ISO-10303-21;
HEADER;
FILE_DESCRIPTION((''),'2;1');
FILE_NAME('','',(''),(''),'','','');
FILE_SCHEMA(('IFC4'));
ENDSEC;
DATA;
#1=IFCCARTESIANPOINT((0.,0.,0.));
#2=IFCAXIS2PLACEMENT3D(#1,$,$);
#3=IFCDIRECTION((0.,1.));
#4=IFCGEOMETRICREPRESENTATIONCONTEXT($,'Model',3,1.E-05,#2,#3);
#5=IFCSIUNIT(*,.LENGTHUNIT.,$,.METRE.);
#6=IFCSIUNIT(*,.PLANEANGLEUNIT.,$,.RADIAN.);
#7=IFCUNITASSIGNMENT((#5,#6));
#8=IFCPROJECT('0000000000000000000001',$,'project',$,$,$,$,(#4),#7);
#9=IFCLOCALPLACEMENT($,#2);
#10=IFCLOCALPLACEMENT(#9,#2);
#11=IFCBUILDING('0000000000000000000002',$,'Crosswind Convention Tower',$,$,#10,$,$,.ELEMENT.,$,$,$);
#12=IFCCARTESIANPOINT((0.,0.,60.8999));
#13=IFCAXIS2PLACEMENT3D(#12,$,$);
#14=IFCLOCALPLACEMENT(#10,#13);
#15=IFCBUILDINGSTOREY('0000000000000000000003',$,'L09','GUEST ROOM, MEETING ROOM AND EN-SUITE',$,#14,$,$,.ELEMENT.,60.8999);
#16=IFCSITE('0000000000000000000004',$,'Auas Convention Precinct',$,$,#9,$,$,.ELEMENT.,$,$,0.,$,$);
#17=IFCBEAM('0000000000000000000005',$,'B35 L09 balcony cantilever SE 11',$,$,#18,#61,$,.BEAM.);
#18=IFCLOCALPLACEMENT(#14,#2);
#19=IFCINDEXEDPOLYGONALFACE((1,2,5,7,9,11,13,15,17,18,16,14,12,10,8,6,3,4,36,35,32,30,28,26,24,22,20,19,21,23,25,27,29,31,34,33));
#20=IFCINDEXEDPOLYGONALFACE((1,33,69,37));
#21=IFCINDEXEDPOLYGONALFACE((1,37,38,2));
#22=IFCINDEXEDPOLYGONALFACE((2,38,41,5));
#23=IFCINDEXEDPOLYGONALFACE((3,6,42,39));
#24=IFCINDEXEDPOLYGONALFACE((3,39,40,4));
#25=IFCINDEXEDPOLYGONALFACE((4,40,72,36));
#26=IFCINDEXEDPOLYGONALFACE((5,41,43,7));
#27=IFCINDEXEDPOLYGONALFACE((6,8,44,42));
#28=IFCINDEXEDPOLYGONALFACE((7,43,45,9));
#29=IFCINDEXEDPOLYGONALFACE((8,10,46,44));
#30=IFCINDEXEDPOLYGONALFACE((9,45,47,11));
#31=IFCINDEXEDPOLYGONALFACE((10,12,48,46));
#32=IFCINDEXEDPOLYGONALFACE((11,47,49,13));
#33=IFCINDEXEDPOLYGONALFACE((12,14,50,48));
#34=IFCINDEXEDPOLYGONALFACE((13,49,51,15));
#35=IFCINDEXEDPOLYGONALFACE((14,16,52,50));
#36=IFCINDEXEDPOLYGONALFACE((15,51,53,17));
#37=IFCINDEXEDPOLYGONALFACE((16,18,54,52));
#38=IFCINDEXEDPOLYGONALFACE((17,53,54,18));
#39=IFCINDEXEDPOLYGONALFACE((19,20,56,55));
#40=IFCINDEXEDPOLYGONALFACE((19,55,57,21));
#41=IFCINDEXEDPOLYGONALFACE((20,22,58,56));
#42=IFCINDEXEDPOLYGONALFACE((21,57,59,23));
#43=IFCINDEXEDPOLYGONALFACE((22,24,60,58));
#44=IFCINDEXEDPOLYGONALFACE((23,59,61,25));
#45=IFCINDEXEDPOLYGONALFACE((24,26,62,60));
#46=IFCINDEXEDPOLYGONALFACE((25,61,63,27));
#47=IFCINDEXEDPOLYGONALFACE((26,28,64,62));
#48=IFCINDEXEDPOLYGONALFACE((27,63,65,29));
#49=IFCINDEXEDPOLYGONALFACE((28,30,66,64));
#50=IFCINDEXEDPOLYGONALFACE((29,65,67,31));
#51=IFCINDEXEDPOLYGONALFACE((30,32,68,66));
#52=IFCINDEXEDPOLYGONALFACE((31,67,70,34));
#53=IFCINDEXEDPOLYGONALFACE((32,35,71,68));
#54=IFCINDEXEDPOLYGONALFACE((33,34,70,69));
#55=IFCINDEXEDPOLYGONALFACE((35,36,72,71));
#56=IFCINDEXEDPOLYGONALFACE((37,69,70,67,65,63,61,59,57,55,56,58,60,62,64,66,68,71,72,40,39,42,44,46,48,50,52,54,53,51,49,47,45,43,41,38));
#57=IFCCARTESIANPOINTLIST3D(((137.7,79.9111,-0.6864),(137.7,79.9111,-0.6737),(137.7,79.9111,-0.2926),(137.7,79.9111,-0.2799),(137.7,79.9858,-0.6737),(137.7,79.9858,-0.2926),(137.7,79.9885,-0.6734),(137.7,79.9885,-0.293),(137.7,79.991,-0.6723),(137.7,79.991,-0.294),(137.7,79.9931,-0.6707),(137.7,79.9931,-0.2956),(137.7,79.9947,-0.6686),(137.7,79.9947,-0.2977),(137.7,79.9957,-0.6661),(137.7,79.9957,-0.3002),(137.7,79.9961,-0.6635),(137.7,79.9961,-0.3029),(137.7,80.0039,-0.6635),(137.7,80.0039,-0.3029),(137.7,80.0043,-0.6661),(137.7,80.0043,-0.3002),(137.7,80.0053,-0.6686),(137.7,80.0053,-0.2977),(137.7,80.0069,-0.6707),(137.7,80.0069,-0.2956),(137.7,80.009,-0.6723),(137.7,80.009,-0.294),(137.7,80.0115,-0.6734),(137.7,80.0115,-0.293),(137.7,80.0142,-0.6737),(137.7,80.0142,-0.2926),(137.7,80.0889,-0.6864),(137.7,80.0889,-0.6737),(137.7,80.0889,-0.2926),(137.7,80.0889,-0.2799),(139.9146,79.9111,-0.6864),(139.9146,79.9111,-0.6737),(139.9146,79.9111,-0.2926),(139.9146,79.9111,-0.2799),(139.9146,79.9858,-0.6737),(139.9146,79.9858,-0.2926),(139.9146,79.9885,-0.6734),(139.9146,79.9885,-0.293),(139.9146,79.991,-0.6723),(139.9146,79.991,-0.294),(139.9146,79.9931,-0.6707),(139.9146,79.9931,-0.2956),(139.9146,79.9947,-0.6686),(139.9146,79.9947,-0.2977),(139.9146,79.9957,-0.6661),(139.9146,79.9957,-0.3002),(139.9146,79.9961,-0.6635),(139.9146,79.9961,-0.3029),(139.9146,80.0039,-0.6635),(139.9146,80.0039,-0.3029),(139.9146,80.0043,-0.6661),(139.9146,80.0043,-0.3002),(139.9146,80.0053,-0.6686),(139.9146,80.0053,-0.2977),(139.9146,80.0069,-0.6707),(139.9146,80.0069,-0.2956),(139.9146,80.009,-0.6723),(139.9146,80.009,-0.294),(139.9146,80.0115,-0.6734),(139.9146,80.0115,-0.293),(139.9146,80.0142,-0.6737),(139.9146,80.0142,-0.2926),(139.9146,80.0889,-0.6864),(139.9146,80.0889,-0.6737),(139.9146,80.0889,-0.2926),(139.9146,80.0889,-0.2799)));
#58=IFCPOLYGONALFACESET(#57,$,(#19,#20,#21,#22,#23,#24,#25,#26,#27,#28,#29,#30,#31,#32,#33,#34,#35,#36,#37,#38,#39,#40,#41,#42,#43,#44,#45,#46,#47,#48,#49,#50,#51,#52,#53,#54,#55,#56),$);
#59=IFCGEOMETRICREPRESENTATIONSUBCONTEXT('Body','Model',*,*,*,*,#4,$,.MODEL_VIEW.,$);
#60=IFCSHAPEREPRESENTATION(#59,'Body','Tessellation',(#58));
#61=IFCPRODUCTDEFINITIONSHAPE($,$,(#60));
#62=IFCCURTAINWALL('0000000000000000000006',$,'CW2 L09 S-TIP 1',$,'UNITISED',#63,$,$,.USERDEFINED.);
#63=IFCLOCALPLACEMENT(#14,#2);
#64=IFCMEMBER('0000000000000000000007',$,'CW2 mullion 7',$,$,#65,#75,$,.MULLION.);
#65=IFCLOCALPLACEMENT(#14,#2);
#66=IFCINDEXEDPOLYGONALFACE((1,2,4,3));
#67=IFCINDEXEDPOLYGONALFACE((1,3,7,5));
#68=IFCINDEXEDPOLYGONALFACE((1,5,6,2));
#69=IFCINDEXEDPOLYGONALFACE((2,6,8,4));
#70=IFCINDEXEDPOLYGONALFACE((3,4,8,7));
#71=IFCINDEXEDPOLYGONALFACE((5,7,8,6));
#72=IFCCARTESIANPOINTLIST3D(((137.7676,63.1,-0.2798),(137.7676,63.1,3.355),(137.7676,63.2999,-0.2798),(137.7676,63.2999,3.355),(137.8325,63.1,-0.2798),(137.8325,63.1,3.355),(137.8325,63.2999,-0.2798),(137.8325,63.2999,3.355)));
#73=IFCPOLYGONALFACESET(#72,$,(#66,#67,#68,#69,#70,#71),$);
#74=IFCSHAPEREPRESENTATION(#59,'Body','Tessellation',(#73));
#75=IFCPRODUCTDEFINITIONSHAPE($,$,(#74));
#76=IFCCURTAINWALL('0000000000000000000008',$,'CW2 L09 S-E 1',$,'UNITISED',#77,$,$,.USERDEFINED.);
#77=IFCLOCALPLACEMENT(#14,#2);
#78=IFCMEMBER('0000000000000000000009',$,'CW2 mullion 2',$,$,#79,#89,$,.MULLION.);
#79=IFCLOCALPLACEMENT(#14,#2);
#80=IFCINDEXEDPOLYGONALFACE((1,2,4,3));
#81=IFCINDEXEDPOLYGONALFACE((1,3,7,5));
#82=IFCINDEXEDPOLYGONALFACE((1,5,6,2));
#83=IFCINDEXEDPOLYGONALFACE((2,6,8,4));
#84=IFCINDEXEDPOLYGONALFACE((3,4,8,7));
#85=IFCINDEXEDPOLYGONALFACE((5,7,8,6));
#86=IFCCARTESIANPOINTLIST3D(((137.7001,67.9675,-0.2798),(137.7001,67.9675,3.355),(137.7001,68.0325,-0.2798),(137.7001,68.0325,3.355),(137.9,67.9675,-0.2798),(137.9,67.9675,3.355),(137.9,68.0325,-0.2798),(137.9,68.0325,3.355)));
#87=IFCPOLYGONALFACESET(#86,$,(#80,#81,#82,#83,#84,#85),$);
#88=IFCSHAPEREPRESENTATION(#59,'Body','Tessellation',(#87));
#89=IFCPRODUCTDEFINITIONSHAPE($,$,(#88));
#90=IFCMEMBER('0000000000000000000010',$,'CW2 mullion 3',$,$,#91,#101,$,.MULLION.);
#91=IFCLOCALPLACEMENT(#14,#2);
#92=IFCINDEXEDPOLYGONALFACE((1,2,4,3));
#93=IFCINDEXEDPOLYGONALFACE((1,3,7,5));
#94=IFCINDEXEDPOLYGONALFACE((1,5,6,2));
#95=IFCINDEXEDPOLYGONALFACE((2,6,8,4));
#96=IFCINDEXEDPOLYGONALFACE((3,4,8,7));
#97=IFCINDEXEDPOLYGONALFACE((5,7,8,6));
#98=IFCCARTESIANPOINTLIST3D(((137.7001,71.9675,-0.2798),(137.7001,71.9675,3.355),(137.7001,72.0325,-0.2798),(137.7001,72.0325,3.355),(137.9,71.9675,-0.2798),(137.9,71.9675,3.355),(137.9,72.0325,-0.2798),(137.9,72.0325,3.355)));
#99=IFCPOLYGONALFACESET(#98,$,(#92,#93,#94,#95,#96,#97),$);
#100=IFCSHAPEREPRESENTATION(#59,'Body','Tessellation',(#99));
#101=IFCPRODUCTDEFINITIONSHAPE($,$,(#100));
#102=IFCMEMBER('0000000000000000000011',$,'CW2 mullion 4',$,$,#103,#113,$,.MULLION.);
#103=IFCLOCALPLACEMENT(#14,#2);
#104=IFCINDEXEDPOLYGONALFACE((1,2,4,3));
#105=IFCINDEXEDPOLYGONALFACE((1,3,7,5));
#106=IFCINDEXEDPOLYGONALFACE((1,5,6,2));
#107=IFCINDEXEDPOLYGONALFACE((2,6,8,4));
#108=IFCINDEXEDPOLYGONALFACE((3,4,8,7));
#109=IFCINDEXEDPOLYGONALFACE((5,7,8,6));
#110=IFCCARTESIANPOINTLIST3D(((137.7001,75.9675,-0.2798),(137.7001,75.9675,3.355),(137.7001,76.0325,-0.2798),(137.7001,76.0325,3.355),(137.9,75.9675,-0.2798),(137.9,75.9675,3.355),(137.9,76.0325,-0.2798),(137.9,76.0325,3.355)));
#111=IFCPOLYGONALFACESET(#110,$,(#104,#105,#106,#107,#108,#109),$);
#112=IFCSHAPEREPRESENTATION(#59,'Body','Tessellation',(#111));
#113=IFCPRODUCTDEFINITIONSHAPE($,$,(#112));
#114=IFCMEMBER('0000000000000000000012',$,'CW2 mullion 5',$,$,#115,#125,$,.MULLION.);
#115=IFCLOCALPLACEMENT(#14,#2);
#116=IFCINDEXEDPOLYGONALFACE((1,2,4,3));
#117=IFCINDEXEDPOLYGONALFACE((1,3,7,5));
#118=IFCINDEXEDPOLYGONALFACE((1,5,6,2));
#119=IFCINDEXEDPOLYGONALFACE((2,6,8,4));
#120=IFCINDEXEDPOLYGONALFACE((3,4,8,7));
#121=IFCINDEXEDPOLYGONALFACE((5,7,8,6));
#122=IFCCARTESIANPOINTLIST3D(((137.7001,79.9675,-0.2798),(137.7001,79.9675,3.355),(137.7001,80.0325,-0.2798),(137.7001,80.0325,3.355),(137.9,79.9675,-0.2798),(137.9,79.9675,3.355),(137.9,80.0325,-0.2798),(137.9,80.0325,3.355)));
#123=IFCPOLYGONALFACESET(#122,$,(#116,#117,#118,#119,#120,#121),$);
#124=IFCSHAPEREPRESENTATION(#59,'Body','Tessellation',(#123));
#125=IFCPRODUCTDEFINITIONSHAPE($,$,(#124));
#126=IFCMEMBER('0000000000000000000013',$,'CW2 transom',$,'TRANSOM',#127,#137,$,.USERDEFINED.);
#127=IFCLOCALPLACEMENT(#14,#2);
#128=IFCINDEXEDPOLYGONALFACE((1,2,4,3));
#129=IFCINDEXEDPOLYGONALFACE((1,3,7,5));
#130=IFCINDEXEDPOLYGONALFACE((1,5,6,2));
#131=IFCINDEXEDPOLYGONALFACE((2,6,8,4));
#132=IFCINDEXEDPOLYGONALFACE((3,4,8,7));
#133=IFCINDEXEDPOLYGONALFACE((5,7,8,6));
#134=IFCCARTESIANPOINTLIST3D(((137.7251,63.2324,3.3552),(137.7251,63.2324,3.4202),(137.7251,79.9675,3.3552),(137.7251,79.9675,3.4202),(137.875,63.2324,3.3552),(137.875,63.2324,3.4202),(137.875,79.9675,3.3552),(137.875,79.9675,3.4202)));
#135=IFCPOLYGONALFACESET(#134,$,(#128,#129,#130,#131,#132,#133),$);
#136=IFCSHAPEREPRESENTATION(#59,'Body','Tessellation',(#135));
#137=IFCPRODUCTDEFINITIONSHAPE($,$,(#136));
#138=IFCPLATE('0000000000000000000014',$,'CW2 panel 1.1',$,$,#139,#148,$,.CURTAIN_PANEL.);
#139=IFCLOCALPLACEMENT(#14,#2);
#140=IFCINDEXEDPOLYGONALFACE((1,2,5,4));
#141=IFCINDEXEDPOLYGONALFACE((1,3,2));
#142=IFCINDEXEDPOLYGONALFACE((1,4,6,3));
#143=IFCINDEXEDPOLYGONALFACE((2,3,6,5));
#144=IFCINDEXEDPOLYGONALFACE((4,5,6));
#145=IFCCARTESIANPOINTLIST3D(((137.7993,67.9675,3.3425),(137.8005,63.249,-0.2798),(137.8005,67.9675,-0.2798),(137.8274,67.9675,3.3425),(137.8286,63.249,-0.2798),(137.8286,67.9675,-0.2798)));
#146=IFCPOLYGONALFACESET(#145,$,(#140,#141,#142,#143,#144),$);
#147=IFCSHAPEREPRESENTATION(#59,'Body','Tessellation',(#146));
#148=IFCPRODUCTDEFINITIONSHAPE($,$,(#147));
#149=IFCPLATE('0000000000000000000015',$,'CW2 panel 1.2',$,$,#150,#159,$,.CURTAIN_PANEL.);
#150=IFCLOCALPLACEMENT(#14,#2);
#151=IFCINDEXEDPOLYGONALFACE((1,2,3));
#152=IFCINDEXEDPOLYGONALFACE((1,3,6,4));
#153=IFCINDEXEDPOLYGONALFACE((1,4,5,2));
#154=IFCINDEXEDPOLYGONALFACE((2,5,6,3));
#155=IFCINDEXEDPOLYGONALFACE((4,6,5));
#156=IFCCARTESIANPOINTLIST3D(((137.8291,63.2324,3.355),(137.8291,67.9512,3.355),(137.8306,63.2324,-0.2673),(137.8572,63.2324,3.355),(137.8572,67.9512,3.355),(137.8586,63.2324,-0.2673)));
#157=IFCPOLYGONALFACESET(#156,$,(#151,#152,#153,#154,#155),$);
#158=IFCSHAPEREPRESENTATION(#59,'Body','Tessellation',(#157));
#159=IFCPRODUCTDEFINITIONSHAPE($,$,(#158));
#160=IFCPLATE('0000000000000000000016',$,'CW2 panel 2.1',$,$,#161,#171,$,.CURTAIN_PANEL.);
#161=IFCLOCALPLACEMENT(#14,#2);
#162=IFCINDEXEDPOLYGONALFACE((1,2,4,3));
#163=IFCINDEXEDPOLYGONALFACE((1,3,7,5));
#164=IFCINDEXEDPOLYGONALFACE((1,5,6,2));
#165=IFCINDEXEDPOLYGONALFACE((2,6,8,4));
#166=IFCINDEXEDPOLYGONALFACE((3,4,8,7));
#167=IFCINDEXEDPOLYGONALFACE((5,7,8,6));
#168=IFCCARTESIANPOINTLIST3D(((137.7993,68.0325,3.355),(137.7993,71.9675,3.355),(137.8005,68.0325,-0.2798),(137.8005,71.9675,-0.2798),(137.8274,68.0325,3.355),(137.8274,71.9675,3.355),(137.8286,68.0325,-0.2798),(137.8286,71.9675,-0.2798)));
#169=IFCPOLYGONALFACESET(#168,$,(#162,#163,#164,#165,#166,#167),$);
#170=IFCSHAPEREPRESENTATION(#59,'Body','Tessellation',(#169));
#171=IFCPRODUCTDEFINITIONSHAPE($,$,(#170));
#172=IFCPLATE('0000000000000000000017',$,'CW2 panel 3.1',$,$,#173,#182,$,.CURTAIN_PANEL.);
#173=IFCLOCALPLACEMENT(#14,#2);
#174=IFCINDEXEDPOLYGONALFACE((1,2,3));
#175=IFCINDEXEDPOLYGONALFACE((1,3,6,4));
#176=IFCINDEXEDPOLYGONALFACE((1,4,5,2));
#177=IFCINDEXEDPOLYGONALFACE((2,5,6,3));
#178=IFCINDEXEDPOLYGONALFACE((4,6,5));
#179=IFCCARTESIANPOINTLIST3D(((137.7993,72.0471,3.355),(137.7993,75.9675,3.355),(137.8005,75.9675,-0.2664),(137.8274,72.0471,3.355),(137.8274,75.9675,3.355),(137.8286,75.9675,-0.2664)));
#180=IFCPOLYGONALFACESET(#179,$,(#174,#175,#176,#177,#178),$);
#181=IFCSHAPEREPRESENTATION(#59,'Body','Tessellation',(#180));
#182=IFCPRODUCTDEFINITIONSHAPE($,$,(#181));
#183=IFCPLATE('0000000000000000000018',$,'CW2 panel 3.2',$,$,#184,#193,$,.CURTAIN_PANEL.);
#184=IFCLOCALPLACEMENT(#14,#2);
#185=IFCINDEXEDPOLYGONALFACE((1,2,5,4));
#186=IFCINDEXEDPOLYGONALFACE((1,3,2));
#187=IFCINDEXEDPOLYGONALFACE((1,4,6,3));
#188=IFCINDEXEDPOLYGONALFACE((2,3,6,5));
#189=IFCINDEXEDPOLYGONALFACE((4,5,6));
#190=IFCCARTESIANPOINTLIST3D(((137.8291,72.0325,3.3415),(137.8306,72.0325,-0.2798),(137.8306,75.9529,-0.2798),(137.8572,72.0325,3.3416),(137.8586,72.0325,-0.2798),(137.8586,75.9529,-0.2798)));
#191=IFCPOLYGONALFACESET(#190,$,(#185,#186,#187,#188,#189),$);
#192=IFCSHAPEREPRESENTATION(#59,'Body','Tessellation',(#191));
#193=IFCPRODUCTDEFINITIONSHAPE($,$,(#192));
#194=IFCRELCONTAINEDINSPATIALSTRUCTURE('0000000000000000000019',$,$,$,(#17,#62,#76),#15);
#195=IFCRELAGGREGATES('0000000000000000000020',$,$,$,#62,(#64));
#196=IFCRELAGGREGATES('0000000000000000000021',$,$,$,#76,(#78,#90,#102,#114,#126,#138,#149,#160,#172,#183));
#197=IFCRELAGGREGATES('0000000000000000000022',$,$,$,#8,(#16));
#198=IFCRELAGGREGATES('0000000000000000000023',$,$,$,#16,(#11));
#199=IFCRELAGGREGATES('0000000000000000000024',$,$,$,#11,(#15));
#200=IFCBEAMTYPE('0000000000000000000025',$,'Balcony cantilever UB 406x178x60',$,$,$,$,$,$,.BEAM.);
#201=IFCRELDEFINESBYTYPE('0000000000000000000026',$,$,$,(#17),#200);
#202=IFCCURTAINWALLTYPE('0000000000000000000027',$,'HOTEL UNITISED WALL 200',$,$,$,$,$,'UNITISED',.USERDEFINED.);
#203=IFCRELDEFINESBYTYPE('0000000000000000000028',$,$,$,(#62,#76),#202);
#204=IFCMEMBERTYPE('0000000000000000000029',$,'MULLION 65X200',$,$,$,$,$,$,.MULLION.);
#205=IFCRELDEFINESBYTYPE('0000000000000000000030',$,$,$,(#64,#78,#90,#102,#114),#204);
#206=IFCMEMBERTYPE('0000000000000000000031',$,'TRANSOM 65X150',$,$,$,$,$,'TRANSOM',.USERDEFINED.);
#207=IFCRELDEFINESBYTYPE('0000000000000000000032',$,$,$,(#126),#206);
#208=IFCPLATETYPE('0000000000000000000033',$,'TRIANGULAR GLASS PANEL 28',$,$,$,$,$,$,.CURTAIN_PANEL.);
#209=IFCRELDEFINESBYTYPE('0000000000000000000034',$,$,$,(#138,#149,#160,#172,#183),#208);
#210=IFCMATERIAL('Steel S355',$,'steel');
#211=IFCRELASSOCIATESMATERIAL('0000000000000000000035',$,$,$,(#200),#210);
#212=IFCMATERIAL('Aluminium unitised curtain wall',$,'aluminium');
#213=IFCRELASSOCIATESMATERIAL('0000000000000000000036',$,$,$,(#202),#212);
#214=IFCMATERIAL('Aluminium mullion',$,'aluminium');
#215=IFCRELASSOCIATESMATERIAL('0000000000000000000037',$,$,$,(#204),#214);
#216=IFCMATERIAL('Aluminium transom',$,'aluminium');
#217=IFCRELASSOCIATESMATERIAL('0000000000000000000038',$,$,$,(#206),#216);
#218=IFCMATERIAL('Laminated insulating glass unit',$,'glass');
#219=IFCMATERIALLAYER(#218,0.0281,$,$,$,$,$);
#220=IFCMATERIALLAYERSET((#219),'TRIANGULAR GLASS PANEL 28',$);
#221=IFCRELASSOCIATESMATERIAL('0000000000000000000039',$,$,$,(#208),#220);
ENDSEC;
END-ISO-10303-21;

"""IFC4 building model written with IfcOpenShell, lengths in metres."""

from ifc_helpers import new_model, si_unit, direction, frame, origin, origin_2d, place, context, subcontext, project, spatial, polyline, rectangle, i_section, outline, extrude, material, layer, layer_set, material_profile, profile_set, type_object, element, aggregate, save


model = new_model("IFC4")

# Units and contexts
model_context = context("Model", 3, precision=1e-05, world=origin(), true_north=direction((0.0, 1.0)))
body_context = subcontext(model_context, "Body", "Model", "MODEL_VIEW")
ifc_project = project(units=[si_unit("LENGTHUNIT", "METRE"), si_unit("PLANEANGLEUNIT", "RADIAN")], contexts=[model_context])

# Site, building, storey
site_placement = place(None, origin())
site = spatial("IfcSite", under=ifc_project, at=site_placement, Name="Auas Convention Precinct", CompositionType="ELEMENT", RefElevation=0.0)
building_placement = place(site_placement, origin())
building = spatial("IfcBuilding", under=site, at=building_placement, Name="Crosswind Convention Tower", CompositionType="ELEMENT")
storey_placement = place(building_placement, frame((0.0, 0.0, 60.8999)))
storey = spatial("IfcBuildingStorey", under=building, at=storey_placement, Name="L09", Description="GUEST ROOM, MEETING ROOM AND EN-SUITE", CompositionType="ELEMENT", Elevation=60.8999)

# Beam
ifc_material_1 = material(Name="Steel S355", Category="steel")
ifc_material_profile_1 = material_profile(ifc_material_1, i_section(OverallWidth=0.1777, OverallDepth=0.4065, WebThickness=0.0078, FlangeThickness=0.0127, FilletRadius=0.0103, at=origin_2d()), Name="UB 406x178x60")
ifc_profile_set_1 = profile_set([ifc_material_profile_1], Name="Steel S355")
beam_type = type_object("IfcBeamType", Name="Balcony cantilever UB 406x178x60", PredefinedType="BEAM", material=ifc_profile_set_1)
beam_placement = place(storey_placement, frame((137.7, 80.0, -0.4832), z_axis=(1.0, 0.0, 0.0), x_axis=(0.0, 1.0, 0.0)))
element("IfcBeam", 1, at=beam_placement, inside=storey, type_object=beam_type, Name="B35 L09 balcony cantilever SE 11", PredefinedType="BEAM", context=body_context, shape_type="SweptSolid", body=[
    extrude(i_section(OverallWidth=0.1777, OverallDepth=0.4065, WebThickness=0.0078, FlangeThickness=0.0127, FilletRadius=0.0103, at=origin_2d()), origin(), (0.0, 0.0, 1.0), 2.2146),
])

# Curtain wall, member
ifc_material_2 = material(Name="Aluminium unitised curtain wall", Category="aluminium")
curtain_wall_type = type_object("IfcCurtainWallType", Name="HOTEL UNITISED WALL 200", ElementType="UNITISED", PredefinedType="USERDEFINED", material=ifc_material_2)
curtain_wall_1_placement = place(storey_placement, origin())
curtain_wall_1 = element("IfcCurtainWall", 2, at=curtain_wall_1_placement, inside=storey, type_object=curtain_wall_type, Name="CW2 L09 S-TIP 1", ObjectType="UNITISED", PredefinedType="USERDEFINED")
ifc_material_3 = material(Name="Aluminium mullion", Category="aluminium")
ifc_material_profile_2 = material_profile(ifc_material_3, rectangle(XDim=0.2, YDim=0.0649, at=origin_2d()), Name="AL 200X65")
ifc_profile_set_2 = profile_set([ifc_material_profile_2], Name="Aluminium mullion")
member_type_1 = type_object("IfcMemberType", Name="MULLION 65X200", PredefinedType="MULLION", material=ifc_profile_set_2)
member_1_placement = place(storey_placement, frame((137.8, 63.2, -0.2798), z_axis=(0.0, 0.0, 1.0), x_axis=(0.0, -1.0, 0.0)))
member_1 = element("IfcMember", 3, at=member_1_placement, type_object=member_type_1, Name="CW2 mullion 7", PredefinedType="MULLION", context=body_context, shape_type="SweptSolid", body=[
    extrude(rectangle(XDim=0.2, YDim=0.0649, at=origin_2d()), origin(), (0.0, 0.0, 1.0), 3.6348),
])
aggregate(curtain_wall_1, [member_1])

# Curtain wall, members, plates
curtain_wall_2_placement = place(storey_placement, origin())
curtain_wall_2 = element("IfcCurtainWall", 4, at=curtain_wall_2_placement, inside=storey, type_object=curtain_wall_type, Name="CW2 L09 S-E 1", ObjectType="UNITISED", PredefinedType="USERDEFINED")
member_2_placement = place(storey_placement, frame((137.8, 68.0, -0.2798), z_axis=(0.0, 0.0, 1.0), x_axis=(1.0, 0.0, 0.0)))
member_2 = element("IfcMember", 5, at=member_2_placement, type_object=member_type_1, Name="CW2 mullion 2", PredefinedType="MULLION", context=body_context, shape_type="SweptSolid", body=[
    extrude(rectangle(XDim=0.2, YDim=0.0649, at=origin_2d()), origin(), (0.0, 0.0, 1.0), 3.6348),
])
member_3_placement = place(storey_placement, frame((137.8, 72.0, -0.2798), z_axis=(0.0, 0.0, 1.0), x_axis=(1.0, 0.0, 0.0)))
member_3 = element("IfcMember", 6, at=member_3_placement, type_object=member_type_1, Name="CW2 mullion 3", PredefinedType="MULLION", context=body_context, shape_type="SweptSolid", body=[
    extrude(rectangle(XDim=0.2, YDim=0.0649, at=origin_2d()), origin(), (0.0, 0.0, 1.0), 3.6348),
])
member_4_placement = place(storey_placement, frame((137.8, 76.0, -0.2798), z_axis=(0.0, 0.0, 1.0), x_axis=(1.0, 0.0, 0.0)))
member_4 = element("IfcMember", 7, at=member_4_placement, type_object=member_type_1, Name="CW2 mullion 4", PredefinedType="MULLION", context=body_context, shape_type="SweptSolid", body=[
    extrude(rectangle(XDim=0.2, YDim=0.0649, at=origin_2d()), origin(), (0.0, 0.0, 1.0), 3.6348),
])
member_5_placement = place(storey_placement, frame((137.8, 80.0, -0.2798), z_axis=(0.0, 0.0, 1.0), x_axis=(1.0, 0.0, 0.0)))
member_5 = element("IfcMember", 8, at=member_5_placement, type_object=member_type_1, Name="CW2 mullion 5", PredefinedType="MULLION", context=body_context, shape_type="SweptSolid", body=[
    extrude(rectangle(XDim=0.2, YDim=0.0649, at=origin_2d()), origin(), (0.0, 0.0, 1.0), 3.6348),
])
ifc_material_4 = material(Name="Aluminium transom", Category="aluminium")
ifc_material_profile_3 = material_profile(ifc_material_4, rectangle(XDim=0.1499, YDim=0.0649, at=origin_2d()), Name="AL 150X65")
ifc_profile_set_3 = profile_set([ifc_material_profile_3], Name="Aluminium transom")
member_type_2 = type_object("IfcMemberType", Name="TRANSOM 65X150", ElementType="TRANSOM", PredefinedType="USERDEFINED", material=ifc_profile_set_3)
member_6_placement = place(storey_placement, frame((137.8, 63.2324, 3.3877), z_axis=(0.0, 1.0, 0.0), x_axis=(-1.0, 0.0, 0.0)))
member_6 = element("IfcMember", 9, at=member_6_placement, type_object=member_type_2, Name="CW2 transom", ObjectType="TRANSOM", PredefinedType="USERDEFINED", context=body_context, shape_type="SweptSolid", body=[
    extrude(rectangle(XDim=0.1499, YDim=0.0649, at=origin_2d()), origin(), (0.0, 0.0, 1.0), 16.7351),
])
ifc_material_5 = material(Name="Laminated insulating glass unit", Category="glass")
ifc_layer_1 = layer(ifc_material_5, 0.0281)
ifc_layer_set_1 = layer_set([ifc_layer_1], Name="TRIANGULAR GLASS PANEL 28")
plate_type = type_object("IfcPlateType", Name="TRIANGULAR GLASS PANEL 28", PredefinedType="CURTAIN_PANEL", material=ifc_layer_set_1)
plate_1_placement = place(storey_placement, frame((137.8286, 67.9675, -0.2798), z_axis=(1.0, 0.0, 0.000337), x_axis=(-0.000337, 0.0, 1.0)))
plate_1 = element("IfcPlate", 10, at=plate_1_placement, type_object=plate_type, Name="CW2 panel 1.1", PredefinedType="CURTAIN_PANEL", context=body_context, shape_type="SweptSolid", body=[
    extrude(outline(polyline([(0.0, 0.0), (3.6223, 0.0), (0.0, 4.7185), (0.0, 0.0)])), origin(), (0.0, 0.0, -1.0), 0.0281),
])
plate_2_placement = place(storey_placement, frame((137.8572, 63.2324, 3.355), z_axis=(1.0, 0.0, 0.000404), x_axis=(0.000404, 0.0, -1.0)))
plate_2 = element("IfcPlate", 11, at=plate_2_placement, type_object=plate_type, Name="CW2 panel 1.2", PredefinedType="CURTAIN_PANEL", context=body_context, shape_type="SweptSolid", body=[
    extrude(outline(polyline([(0.0, 0.0), (3.6223, 0.0), (0.0, 4.7188), (0.0, 0.0)])), origin(), (0.0, 0.0, -1.0), 0.0281),
])
plate_3_placement = place(storey_placement, frame((137.8286, 68.0325, -0.2798), z_axis=(1.0, 0.0, 0.000336), x_axis=(0.0, 1.0, 0.0)))
plate_3 = element("IfcPlate", 12, at=plate_3_placement, type_object=plate_type, Name="CW2 panel 2.1", PredefinedType="CURTAIN_PANEL", context=body_context, shape_type="SweptSolid", body=[
    extrude(outline(polyline([(0.0, 0.0), (3.9351, 0.0), (3.9351, 3.6348), (0.0, 3.6348), (0.0, 0.0)])), origin(), (0.0, 0.0, -1.0), 0.0281),
])
plate_4_placement = place(storey_placement, frame((137.8274, 75.9675, 3.355), z_axis=(1.0, 0.0, 0.000337), x_axis=(0.0, -1.0, 0.0)))
plate_4 = element("IfcPlate", 13, at=plate_4_placement, type_object=plate_type, Name="CW2 panel 3.1", PredefinedType="CURTAIN_PANEL", context=body_context, shape_type="SweptSolid", body=[
    extrude(outline(polyline([(0.0, 0.0), (3.9204, 0.0), (0.0, 3.6213), (0.0, 0.0)])), origin(), (0.0, 0.0, -1.0), 0.0281),
])
plate_5_placement = place(storey_placement, frame((137.8586, 72.0325, -0.2798), z_axis=(1.0, 0.0, 0.000405), x_axis=(0.0, 1.0, 0.0)))
plate_5 = element("IfcPlate", 14, at=plate_5_placement, type_object=plate_type, Name="CW2 panel 3.2", PredefinedType="CURTAIN_PANEL", context=body_context, shape_type="SweptSolid", body=[
    extrude(outline(polyline([(0.0, 0.0), (3.9204, 0.0), (0.0, 3.6213), (0.0, 0.0)])), origin(), (0.0, 0.0, -1.0), 0.0281),
])

aggregate(curtain_wall_2, [member_2, member_3, member_4, member_5, member_6, plate_1, plate_2, plate_3, plate_4, plate_5])

save(model, "model.ifc")
